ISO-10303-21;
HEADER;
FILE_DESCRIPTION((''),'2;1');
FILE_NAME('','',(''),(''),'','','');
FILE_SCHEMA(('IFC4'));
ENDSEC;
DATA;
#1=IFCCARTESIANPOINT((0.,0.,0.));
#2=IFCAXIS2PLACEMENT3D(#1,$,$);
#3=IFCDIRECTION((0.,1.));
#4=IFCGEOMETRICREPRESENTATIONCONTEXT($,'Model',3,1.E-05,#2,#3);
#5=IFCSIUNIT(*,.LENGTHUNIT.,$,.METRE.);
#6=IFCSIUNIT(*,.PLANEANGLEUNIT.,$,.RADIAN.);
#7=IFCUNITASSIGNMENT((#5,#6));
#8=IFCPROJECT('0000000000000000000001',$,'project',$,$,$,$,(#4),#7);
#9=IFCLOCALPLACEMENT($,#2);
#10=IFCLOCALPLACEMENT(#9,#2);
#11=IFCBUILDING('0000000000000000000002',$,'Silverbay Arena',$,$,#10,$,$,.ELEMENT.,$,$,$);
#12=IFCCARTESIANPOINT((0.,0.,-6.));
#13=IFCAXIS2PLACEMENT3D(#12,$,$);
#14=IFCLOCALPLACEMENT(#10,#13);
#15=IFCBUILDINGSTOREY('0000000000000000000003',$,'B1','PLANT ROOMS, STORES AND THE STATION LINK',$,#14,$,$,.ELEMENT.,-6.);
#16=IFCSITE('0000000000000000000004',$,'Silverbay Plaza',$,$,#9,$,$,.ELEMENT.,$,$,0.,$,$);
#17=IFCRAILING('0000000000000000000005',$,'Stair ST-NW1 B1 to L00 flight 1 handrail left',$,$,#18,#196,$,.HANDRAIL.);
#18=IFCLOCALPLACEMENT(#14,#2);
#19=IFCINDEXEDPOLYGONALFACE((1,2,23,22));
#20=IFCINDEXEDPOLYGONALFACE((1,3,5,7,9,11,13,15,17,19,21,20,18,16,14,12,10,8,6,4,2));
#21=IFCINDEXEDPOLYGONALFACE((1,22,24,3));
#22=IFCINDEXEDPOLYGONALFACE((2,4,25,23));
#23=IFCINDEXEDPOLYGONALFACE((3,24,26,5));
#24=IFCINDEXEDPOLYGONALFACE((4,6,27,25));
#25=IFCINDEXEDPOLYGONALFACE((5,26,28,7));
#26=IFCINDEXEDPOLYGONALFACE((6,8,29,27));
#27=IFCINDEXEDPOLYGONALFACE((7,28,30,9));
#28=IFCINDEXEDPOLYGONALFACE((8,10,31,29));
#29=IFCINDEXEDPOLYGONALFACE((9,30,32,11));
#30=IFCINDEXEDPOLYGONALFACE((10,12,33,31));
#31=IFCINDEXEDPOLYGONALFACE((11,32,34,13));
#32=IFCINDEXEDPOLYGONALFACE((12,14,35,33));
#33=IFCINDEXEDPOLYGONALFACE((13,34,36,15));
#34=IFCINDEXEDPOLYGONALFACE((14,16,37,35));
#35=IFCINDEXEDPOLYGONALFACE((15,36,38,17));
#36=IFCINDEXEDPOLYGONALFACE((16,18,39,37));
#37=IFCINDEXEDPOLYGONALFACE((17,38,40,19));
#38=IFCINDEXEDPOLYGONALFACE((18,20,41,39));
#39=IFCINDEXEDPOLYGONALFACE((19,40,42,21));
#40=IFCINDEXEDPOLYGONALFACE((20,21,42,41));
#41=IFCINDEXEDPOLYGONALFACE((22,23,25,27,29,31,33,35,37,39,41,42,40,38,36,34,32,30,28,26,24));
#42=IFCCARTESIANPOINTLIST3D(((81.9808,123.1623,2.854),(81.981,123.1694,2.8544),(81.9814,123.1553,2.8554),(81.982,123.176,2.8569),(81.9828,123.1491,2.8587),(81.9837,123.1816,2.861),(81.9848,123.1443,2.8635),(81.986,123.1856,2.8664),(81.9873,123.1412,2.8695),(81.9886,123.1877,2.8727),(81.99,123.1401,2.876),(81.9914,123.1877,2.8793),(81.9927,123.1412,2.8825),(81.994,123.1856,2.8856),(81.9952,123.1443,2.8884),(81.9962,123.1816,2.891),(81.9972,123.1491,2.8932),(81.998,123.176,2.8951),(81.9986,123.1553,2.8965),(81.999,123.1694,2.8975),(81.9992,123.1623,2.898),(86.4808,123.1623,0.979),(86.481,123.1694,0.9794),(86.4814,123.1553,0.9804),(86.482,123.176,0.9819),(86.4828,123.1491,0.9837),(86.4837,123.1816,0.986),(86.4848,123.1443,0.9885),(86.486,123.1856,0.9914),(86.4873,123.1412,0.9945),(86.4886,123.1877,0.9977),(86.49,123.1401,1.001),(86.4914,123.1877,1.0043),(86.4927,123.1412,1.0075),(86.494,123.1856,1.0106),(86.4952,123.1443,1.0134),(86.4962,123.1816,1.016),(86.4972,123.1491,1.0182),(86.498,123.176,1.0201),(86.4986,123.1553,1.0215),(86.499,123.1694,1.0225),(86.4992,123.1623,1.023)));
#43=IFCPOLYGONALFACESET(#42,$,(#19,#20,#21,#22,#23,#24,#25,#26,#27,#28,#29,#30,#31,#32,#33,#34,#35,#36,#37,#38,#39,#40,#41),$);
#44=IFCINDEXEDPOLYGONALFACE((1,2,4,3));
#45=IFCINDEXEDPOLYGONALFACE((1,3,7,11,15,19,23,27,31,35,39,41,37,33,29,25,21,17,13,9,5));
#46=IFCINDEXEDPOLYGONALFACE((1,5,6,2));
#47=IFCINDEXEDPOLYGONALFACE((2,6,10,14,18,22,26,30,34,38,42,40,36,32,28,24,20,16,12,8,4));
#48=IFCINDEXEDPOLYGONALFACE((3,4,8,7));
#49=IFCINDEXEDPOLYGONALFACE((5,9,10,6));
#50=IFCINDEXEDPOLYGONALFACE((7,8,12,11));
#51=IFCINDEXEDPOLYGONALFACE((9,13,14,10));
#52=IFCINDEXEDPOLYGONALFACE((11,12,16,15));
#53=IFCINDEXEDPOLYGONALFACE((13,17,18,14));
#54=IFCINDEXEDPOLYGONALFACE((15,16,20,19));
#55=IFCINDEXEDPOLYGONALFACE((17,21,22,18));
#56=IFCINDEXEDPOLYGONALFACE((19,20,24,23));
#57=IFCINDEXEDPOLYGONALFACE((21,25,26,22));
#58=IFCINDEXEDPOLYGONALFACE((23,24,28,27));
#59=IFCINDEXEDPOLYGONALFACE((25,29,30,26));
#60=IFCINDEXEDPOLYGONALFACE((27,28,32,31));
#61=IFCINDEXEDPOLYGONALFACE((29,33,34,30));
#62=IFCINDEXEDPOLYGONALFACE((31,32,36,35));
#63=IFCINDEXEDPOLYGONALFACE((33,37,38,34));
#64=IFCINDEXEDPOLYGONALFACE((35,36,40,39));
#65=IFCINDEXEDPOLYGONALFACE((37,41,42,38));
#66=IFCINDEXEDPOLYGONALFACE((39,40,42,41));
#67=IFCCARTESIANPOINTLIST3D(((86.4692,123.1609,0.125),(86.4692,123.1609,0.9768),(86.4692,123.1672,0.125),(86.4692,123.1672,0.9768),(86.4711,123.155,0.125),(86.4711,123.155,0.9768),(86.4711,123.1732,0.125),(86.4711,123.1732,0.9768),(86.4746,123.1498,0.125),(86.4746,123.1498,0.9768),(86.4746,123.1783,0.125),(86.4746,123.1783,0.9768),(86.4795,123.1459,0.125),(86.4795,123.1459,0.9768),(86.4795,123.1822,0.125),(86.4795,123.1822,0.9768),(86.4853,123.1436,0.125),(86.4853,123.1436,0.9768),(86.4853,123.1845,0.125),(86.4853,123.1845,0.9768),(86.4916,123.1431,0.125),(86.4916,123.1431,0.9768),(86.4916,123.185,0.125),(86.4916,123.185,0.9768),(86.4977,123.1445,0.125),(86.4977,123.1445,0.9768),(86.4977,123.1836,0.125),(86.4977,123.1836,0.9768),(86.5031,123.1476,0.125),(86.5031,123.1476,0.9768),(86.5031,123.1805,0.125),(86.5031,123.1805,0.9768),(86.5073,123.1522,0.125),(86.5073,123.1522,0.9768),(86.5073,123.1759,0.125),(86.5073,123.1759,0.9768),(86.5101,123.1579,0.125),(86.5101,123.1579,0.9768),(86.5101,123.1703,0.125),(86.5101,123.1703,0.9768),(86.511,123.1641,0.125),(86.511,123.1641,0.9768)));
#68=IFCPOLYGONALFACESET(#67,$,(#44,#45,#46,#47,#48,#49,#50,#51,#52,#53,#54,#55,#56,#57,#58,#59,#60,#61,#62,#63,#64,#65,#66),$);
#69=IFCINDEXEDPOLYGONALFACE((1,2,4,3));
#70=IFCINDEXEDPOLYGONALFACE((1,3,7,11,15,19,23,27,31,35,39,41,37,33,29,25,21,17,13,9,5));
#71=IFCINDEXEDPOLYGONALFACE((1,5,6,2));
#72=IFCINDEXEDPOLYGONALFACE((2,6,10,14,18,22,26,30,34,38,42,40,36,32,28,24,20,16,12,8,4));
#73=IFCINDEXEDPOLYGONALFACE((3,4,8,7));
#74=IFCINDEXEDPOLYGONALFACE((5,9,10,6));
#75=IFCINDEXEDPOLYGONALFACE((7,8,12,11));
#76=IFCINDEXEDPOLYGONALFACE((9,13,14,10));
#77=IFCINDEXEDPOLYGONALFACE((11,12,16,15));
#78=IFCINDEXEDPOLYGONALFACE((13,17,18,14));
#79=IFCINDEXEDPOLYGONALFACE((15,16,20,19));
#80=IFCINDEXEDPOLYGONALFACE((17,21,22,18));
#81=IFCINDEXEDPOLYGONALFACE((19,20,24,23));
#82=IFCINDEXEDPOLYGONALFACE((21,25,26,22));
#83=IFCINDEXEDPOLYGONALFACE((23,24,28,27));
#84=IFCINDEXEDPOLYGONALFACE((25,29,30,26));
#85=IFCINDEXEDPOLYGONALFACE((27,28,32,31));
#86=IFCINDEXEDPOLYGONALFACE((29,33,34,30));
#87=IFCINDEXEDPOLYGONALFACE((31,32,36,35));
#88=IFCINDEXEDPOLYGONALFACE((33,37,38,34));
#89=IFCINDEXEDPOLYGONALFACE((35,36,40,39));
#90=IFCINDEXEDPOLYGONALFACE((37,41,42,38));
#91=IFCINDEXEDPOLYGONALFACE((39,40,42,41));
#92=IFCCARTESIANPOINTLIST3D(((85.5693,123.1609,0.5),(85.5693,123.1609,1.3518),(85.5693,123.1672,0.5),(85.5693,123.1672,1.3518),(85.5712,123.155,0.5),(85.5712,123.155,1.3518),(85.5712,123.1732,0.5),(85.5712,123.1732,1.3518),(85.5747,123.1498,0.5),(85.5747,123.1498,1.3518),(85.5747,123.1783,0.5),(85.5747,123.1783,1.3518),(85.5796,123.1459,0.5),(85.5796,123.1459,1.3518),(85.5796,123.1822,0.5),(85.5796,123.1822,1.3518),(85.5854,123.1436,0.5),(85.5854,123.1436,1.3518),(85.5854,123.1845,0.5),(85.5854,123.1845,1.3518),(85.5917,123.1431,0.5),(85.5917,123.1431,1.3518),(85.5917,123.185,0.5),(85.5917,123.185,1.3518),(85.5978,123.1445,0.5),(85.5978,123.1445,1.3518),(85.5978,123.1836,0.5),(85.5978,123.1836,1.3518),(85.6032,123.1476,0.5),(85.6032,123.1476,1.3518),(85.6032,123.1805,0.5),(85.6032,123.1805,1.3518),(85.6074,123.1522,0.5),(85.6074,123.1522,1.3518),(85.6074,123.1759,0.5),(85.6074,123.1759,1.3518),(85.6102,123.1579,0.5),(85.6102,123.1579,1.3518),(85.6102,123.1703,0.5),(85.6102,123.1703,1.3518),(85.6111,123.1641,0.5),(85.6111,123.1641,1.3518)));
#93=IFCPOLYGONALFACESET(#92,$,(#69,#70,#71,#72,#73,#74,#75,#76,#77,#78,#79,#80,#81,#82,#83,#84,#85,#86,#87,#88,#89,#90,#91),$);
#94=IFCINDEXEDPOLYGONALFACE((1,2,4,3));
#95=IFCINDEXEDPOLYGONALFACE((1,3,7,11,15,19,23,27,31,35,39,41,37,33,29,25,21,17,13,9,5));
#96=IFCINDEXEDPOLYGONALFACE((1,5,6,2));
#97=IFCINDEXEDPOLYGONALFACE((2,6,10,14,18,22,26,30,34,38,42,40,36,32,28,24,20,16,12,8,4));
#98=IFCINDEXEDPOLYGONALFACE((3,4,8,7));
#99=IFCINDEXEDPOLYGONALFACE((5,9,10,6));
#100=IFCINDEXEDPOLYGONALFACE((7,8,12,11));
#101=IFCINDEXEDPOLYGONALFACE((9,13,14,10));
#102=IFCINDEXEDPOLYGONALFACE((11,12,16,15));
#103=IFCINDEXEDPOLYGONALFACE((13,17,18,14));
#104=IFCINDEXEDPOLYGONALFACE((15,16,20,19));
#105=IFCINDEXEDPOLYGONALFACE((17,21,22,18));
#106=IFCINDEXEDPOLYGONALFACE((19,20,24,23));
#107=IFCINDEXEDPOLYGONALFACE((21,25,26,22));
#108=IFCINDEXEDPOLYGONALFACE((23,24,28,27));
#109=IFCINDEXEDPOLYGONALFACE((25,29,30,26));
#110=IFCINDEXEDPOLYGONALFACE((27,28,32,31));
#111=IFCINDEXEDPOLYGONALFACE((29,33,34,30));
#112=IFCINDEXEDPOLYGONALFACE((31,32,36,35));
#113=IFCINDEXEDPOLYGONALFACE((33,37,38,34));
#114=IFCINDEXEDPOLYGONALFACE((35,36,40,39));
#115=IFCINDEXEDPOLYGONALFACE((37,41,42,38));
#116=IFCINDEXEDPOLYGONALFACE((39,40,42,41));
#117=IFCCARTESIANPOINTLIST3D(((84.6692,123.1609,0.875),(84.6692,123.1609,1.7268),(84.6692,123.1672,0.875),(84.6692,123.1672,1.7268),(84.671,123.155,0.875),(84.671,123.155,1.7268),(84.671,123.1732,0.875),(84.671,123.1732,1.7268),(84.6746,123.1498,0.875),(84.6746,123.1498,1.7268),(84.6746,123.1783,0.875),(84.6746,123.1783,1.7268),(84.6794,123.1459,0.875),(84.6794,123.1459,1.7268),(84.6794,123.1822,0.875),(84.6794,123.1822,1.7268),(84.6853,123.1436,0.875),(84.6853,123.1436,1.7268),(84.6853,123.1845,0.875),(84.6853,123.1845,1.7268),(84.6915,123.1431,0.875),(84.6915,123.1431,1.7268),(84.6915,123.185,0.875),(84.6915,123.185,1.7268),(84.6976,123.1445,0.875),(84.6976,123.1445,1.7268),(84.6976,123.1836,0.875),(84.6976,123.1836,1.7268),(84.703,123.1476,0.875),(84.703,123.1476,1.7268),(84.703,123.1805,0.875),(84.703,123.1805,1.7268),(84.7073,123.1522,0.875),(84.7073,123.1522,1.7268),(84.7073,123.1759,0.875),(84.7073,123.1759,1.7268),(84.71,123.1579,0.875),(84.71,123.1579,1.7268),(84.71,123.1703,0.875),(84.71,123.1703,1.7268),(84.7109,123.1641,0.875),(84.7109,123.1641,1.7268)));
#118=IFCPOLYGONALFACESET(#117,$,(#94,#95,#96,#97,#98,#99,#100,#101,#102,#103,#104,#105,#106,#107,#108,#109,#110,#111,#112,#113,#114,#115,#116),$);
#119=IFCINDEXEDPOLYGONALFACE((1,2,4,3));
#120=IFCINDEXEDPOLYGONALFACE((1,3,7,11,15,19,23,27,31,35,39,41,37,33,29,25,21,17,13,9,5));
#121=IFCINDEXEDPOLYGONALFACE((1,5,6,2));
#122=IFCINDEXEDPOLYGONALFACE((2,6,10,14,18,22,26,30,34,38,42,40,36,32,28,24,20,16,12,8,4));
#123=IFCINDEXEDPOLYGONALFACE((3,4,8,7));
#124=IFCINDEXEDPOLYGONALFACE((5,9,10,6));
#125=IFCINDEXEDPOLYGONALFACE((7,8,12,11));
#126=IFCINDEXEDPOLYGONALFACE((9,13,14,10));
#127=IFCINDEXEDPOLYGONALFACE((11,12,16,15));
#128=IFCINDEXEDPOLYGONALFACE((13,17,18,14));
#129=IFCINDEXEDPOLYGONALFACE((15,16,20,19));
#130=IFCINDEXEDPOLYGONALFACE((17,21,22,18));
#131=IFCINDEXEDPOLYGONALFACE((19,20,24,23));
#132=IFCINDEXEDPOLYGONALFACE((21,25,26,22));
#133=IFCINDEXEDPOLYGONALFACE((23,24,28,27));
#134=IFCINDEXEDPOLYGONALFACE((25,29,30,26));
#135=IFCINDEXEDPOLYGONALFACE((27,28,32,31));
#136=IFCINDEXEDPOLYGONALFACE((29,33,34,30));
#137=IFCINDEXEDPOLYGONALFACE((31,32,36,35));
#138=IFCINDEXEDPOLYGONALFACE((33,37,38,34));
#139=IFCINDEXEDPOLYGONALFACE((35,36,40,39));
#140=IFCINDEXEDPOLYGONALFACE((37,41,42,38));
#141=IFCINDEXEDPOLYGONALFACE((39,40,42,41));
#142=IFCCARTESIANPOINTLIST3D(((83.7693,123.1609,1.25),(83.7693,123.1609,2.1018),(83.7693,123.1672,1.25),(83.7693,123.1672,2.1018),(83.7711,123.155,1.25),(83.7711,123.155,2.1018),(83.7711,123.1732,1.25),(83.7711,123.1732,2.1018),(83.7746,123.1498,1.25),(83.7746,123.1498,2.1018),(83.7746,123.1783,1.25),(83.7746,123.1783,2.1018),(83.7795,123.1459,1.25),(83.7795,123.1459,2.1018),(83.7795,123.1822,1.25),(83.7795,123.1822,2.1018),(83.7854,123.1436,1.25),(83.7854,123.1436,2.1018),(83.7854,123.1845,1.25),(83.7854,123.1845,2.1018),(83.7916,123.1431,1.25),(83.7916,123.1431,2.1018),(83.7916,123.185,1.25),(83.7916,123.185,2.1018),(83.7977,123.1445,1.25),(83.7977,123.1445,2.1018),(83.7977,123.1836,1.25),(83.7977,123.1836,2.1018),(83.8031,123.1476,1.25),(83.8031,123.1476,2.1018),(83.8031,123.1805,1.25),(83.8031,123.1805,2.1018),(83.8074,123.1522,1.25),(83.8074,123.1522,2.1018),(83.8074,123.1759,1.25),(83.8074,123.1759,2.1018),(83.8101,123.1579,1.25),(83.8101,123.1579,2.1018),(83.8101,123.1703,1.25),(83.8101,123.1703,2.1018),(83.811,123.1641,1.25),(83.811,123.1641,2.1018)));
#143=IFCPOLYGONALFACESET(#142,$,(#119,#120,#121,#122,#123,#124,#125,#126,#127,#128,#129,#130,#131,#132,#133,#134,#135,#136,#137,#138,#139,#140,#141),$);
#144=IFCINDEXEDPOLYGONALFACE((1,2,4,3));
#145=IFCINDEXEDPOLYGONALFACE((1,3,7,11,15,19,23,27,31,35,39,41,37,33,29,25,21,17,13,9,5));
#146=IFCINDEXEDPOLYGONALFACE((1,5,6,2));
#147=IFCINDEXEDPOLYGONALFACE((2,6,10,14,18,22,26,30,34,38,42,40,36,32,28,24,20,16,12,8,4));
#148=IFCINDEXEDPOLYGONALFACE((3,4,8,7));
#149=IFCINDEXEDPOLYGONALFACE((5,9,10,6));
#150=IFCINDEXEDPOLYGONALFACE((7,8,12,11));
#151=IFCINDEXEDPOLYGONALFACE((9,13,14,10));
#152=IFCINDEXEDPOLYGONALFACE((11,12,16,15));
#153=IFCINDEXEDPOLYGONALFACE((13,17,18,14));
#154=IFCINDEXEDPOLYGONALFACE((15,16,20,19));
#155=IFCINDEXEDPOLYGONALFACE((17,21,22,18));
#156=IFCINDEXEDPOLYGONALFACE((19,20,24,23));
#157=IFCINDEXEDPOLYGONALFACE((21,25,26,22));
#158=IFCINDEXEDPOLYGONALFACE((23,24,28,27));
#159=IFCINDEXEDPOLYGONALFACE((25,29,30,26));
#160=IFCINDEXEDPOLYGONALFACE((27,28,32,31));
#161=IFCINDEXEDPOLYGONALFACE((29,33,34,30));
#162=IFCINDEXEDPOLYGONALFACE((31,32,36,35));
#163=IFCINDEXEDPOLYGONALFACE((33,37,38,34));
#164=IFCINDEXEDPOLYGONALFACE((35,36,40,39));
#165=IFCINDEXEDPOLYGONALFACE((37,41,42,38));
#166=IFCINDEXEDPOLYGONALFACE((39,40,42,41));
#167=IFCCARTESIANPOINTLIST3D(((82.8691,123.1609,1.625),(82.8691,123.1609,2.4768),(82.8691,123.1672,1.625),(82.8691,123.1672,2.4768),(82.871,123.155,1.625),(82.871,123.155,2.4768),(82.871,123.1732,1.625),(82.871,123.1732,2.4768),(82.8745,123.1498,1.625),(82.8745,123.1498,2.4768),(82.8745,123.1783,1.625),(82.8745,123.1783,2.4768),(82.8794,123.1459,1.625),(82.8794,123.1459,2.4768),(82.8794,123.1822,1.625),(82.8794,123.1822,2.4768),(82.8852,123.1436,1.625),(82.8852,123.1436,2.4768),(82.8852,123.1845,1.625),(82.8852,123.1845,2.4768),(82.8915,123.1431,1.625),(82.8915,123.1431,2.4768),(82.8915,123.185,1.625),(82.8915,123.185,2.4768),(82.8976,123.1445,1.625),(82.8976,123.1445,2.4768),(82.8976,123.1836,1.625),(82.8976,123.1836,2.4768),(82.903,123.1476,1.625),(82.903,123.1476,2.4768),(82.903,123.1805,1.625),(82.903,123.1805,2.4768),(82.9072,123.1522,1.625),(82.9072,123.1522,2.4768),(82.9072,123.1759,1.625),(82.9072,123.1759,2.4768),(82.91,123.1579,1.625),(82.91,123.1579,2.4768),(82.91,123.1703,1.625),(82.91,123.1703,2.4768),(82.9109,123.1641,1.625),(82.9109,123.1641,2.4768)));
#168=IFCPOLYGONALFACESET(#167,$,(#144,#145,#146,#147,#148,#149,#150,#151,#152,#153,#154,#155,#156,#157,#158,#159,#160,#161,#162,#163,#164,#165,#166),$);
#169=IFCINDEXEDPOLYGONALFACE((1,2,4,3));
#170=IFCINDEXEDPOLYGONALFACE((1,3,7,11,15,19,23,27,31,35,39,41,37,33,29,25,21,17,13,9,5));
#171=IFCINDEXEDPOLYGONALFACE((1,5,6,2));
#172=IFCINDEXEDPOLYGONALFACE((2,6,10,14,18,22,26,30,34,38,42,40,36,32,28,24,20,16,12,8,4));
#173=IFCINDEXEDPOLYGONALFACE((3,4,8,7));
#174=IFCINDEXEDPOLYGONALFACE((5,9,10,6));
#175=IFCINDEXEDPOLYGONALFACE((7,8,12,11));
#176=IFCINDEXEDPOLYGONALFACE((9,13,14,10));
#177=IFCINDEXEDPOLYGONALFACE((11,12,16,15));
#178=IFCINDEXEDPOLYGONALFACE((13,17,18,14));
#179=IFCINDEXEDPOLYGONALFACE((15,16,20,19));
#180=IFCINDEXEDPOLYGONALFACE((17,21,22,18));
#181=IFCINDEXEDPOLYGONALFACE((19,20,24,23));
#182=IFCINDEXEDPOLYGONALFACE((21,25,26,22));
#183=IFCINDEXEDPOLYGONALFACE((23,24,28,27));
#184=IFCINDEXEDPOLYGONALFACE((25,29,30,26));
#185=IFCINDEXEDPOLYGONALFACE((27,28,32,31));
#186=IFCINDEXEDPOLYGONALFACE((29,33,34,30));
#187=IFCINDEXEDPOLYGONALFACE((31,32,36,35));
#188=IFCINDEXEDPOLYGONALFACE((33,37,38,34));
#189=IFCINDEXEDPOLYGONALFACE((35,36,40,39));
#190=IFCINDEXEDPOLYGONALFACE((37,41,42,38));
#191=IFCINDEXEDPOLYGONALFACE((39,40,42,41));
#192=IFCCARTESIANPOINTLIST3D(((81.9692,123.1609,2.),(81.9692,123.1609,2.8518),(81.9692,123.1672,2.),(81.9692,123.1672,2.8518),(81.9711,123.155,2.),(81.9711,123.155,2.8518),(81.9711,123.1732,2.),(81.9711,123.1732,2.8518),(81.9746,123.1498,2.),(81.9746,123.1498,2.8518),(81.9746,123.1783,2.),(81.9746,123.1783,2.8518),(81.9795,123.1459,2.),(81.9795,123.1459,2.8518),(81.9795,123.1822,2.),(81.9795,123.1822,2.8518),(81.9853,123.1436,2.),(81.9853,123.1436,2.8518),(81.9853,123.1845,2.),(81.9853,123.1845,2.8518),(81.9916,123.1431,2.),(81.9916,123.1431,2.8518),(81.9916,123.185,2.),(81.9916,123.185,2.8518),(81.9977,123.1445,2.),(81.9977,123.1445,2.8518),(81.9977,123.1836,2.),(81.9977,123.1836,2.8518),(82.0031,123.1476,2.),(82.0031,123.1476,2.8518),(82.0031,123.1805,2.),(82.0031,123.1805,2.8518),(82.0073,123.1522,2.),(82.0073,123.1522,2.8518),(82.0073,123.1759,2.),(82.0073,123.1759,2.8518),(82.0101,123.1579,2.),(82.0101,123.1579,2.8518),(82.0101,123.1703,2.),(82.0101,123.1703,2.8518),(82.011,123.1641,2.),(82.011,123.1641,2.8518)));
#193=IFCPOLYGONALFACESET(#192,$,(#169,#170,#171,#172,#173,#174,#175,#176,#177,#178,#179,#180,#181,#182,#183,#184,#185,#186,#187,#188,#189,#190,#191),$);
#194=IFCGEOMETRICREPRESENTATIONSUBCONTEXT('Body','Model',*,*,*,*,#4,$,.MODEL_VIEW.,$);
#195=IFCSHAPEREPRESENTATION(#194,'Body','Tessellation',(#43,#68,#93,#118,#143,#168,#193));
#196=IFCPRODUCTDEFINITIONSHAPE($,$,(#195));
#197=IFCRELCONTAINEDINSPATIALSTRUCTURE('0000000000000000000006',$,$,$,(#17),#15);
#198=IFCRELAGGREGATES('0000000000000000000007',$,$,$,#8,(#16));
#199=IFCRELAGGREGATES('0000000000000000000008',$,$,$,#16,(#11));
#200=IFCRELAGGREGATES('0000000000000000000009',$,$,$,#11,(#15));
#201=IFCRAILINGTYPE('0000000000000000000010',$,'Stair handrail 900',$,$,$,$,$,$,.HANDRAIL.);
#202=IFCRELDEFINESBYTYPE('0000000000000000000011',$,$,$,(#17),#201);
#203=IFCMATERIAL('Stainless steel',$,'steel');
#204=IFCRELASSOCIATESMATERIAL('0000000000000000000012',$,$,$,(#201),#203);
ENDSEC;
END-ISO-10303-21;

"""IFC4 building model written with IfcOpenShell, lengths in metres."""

from ifc_helpers import new_model, si_unit, direction, frame, origin, origin_2d, place, context, subcontext, project, spatial, circle, extrude, material, type_object, element, save


model = new_model("IFC4")

# Units and contexts
model_context = context("Model", 3, precision=1e-05, world=origin(), true_north=direction((0.0, 1.0)))
body_context = subcontext(model_context, "Body", "Model", "MODEL_VIEW")
ifc_project = project(units=[si_unit("LENGTHUNIT", "METRE"), si_unit("PLANEANGLEUNIT", "RADIAN")], contexts=[model_context])

# Site, building, storey
site_placement = place(None, origin())
site = spatial("IfcSite", under=ifc_project, at=site_placement, Name="Silverbay Plaza", CompositionType="ELEMENT", RefElevation=0.0)
building_placement = place(site_placement, origin())
building = spatial("IfcBuilding", under=site, at=building_placement, Name="Silverbay Arena", CompositionType="ELEMENT")
storey_placement = place(building_placement, frame((0.0, 0.0, -6.0)))
storey = spatial("IfcBuildingStorey", under=building, at=storey_placement, Name="B1", Description="PLANT ROOMS, STORES AND THE STATION LINK", CompositionType="ELEMENT", Elevation=-6.0)

# Railing
ifc_material_1 = material(Name="Stainless steel", Category="steel")
railing_type_1 = type_object("IfcRailingType", Name="Stair handrail 900", PredefinedType="HANDRAIL", material=ifc_material_1)
for number, where, name in (
    (1, (86.49, 123.1641, 0.125), "Stair ST-NW1 B1 to L00 flight 1 handrail left"),
):
    element("IfcRailing", number, at=place(storey_placement, frame(where)), inside=storey, type_object=railing_type_1, Name=name, PredefinedType="HANDRAIL", context=body_context, shape_type="SweptSolid", body=[
        extrude(circle(Radius=0.0239, at=origin_2d()), frame((0.0, 0.0, 0.876), z_axis=(-0.923077, 0.0, 0.384615), x_axis=(0.0, -1.0, 0.0)), (0.0, 0.0, 1.0), 4.875),
        extrude(circle(Radius=0.021, at=origin_2d()), origin(), (0.0, 0.0, 1.0), 0.8518),
        extrude(circle(Radius=0.021, at=origin_2d()), frame((-0.8999, 0.0, 0.375)), (0.0, 0.0, 1.0), 0.8518),
        extrude(circle(Radius=0.021, at=origin_2d()), frame((-1.8, 0.0, 0.75)), (0.0, 0.0, 1.0), 0.8518),
        extrude(circle(Radius=0.021, at=origin_2d()), frame((-2.7, 0.0, 1.125)), (0.0, 0.0, 1.0), 0.8518),
        extrude(circle(Radius=0.021, at=origin_2d()), frame((-3.6001, 0.0, 1.5)), (0.0, 0.0, 1.0), 0.8518),
        extrude(circle(Radius=0.021, at=origin_2d()), frame((-4.5, 0.0, 1.875)), (0.0, 0.0, 1.0), 0.8518),
    ])

save(model, "model.ifc")
